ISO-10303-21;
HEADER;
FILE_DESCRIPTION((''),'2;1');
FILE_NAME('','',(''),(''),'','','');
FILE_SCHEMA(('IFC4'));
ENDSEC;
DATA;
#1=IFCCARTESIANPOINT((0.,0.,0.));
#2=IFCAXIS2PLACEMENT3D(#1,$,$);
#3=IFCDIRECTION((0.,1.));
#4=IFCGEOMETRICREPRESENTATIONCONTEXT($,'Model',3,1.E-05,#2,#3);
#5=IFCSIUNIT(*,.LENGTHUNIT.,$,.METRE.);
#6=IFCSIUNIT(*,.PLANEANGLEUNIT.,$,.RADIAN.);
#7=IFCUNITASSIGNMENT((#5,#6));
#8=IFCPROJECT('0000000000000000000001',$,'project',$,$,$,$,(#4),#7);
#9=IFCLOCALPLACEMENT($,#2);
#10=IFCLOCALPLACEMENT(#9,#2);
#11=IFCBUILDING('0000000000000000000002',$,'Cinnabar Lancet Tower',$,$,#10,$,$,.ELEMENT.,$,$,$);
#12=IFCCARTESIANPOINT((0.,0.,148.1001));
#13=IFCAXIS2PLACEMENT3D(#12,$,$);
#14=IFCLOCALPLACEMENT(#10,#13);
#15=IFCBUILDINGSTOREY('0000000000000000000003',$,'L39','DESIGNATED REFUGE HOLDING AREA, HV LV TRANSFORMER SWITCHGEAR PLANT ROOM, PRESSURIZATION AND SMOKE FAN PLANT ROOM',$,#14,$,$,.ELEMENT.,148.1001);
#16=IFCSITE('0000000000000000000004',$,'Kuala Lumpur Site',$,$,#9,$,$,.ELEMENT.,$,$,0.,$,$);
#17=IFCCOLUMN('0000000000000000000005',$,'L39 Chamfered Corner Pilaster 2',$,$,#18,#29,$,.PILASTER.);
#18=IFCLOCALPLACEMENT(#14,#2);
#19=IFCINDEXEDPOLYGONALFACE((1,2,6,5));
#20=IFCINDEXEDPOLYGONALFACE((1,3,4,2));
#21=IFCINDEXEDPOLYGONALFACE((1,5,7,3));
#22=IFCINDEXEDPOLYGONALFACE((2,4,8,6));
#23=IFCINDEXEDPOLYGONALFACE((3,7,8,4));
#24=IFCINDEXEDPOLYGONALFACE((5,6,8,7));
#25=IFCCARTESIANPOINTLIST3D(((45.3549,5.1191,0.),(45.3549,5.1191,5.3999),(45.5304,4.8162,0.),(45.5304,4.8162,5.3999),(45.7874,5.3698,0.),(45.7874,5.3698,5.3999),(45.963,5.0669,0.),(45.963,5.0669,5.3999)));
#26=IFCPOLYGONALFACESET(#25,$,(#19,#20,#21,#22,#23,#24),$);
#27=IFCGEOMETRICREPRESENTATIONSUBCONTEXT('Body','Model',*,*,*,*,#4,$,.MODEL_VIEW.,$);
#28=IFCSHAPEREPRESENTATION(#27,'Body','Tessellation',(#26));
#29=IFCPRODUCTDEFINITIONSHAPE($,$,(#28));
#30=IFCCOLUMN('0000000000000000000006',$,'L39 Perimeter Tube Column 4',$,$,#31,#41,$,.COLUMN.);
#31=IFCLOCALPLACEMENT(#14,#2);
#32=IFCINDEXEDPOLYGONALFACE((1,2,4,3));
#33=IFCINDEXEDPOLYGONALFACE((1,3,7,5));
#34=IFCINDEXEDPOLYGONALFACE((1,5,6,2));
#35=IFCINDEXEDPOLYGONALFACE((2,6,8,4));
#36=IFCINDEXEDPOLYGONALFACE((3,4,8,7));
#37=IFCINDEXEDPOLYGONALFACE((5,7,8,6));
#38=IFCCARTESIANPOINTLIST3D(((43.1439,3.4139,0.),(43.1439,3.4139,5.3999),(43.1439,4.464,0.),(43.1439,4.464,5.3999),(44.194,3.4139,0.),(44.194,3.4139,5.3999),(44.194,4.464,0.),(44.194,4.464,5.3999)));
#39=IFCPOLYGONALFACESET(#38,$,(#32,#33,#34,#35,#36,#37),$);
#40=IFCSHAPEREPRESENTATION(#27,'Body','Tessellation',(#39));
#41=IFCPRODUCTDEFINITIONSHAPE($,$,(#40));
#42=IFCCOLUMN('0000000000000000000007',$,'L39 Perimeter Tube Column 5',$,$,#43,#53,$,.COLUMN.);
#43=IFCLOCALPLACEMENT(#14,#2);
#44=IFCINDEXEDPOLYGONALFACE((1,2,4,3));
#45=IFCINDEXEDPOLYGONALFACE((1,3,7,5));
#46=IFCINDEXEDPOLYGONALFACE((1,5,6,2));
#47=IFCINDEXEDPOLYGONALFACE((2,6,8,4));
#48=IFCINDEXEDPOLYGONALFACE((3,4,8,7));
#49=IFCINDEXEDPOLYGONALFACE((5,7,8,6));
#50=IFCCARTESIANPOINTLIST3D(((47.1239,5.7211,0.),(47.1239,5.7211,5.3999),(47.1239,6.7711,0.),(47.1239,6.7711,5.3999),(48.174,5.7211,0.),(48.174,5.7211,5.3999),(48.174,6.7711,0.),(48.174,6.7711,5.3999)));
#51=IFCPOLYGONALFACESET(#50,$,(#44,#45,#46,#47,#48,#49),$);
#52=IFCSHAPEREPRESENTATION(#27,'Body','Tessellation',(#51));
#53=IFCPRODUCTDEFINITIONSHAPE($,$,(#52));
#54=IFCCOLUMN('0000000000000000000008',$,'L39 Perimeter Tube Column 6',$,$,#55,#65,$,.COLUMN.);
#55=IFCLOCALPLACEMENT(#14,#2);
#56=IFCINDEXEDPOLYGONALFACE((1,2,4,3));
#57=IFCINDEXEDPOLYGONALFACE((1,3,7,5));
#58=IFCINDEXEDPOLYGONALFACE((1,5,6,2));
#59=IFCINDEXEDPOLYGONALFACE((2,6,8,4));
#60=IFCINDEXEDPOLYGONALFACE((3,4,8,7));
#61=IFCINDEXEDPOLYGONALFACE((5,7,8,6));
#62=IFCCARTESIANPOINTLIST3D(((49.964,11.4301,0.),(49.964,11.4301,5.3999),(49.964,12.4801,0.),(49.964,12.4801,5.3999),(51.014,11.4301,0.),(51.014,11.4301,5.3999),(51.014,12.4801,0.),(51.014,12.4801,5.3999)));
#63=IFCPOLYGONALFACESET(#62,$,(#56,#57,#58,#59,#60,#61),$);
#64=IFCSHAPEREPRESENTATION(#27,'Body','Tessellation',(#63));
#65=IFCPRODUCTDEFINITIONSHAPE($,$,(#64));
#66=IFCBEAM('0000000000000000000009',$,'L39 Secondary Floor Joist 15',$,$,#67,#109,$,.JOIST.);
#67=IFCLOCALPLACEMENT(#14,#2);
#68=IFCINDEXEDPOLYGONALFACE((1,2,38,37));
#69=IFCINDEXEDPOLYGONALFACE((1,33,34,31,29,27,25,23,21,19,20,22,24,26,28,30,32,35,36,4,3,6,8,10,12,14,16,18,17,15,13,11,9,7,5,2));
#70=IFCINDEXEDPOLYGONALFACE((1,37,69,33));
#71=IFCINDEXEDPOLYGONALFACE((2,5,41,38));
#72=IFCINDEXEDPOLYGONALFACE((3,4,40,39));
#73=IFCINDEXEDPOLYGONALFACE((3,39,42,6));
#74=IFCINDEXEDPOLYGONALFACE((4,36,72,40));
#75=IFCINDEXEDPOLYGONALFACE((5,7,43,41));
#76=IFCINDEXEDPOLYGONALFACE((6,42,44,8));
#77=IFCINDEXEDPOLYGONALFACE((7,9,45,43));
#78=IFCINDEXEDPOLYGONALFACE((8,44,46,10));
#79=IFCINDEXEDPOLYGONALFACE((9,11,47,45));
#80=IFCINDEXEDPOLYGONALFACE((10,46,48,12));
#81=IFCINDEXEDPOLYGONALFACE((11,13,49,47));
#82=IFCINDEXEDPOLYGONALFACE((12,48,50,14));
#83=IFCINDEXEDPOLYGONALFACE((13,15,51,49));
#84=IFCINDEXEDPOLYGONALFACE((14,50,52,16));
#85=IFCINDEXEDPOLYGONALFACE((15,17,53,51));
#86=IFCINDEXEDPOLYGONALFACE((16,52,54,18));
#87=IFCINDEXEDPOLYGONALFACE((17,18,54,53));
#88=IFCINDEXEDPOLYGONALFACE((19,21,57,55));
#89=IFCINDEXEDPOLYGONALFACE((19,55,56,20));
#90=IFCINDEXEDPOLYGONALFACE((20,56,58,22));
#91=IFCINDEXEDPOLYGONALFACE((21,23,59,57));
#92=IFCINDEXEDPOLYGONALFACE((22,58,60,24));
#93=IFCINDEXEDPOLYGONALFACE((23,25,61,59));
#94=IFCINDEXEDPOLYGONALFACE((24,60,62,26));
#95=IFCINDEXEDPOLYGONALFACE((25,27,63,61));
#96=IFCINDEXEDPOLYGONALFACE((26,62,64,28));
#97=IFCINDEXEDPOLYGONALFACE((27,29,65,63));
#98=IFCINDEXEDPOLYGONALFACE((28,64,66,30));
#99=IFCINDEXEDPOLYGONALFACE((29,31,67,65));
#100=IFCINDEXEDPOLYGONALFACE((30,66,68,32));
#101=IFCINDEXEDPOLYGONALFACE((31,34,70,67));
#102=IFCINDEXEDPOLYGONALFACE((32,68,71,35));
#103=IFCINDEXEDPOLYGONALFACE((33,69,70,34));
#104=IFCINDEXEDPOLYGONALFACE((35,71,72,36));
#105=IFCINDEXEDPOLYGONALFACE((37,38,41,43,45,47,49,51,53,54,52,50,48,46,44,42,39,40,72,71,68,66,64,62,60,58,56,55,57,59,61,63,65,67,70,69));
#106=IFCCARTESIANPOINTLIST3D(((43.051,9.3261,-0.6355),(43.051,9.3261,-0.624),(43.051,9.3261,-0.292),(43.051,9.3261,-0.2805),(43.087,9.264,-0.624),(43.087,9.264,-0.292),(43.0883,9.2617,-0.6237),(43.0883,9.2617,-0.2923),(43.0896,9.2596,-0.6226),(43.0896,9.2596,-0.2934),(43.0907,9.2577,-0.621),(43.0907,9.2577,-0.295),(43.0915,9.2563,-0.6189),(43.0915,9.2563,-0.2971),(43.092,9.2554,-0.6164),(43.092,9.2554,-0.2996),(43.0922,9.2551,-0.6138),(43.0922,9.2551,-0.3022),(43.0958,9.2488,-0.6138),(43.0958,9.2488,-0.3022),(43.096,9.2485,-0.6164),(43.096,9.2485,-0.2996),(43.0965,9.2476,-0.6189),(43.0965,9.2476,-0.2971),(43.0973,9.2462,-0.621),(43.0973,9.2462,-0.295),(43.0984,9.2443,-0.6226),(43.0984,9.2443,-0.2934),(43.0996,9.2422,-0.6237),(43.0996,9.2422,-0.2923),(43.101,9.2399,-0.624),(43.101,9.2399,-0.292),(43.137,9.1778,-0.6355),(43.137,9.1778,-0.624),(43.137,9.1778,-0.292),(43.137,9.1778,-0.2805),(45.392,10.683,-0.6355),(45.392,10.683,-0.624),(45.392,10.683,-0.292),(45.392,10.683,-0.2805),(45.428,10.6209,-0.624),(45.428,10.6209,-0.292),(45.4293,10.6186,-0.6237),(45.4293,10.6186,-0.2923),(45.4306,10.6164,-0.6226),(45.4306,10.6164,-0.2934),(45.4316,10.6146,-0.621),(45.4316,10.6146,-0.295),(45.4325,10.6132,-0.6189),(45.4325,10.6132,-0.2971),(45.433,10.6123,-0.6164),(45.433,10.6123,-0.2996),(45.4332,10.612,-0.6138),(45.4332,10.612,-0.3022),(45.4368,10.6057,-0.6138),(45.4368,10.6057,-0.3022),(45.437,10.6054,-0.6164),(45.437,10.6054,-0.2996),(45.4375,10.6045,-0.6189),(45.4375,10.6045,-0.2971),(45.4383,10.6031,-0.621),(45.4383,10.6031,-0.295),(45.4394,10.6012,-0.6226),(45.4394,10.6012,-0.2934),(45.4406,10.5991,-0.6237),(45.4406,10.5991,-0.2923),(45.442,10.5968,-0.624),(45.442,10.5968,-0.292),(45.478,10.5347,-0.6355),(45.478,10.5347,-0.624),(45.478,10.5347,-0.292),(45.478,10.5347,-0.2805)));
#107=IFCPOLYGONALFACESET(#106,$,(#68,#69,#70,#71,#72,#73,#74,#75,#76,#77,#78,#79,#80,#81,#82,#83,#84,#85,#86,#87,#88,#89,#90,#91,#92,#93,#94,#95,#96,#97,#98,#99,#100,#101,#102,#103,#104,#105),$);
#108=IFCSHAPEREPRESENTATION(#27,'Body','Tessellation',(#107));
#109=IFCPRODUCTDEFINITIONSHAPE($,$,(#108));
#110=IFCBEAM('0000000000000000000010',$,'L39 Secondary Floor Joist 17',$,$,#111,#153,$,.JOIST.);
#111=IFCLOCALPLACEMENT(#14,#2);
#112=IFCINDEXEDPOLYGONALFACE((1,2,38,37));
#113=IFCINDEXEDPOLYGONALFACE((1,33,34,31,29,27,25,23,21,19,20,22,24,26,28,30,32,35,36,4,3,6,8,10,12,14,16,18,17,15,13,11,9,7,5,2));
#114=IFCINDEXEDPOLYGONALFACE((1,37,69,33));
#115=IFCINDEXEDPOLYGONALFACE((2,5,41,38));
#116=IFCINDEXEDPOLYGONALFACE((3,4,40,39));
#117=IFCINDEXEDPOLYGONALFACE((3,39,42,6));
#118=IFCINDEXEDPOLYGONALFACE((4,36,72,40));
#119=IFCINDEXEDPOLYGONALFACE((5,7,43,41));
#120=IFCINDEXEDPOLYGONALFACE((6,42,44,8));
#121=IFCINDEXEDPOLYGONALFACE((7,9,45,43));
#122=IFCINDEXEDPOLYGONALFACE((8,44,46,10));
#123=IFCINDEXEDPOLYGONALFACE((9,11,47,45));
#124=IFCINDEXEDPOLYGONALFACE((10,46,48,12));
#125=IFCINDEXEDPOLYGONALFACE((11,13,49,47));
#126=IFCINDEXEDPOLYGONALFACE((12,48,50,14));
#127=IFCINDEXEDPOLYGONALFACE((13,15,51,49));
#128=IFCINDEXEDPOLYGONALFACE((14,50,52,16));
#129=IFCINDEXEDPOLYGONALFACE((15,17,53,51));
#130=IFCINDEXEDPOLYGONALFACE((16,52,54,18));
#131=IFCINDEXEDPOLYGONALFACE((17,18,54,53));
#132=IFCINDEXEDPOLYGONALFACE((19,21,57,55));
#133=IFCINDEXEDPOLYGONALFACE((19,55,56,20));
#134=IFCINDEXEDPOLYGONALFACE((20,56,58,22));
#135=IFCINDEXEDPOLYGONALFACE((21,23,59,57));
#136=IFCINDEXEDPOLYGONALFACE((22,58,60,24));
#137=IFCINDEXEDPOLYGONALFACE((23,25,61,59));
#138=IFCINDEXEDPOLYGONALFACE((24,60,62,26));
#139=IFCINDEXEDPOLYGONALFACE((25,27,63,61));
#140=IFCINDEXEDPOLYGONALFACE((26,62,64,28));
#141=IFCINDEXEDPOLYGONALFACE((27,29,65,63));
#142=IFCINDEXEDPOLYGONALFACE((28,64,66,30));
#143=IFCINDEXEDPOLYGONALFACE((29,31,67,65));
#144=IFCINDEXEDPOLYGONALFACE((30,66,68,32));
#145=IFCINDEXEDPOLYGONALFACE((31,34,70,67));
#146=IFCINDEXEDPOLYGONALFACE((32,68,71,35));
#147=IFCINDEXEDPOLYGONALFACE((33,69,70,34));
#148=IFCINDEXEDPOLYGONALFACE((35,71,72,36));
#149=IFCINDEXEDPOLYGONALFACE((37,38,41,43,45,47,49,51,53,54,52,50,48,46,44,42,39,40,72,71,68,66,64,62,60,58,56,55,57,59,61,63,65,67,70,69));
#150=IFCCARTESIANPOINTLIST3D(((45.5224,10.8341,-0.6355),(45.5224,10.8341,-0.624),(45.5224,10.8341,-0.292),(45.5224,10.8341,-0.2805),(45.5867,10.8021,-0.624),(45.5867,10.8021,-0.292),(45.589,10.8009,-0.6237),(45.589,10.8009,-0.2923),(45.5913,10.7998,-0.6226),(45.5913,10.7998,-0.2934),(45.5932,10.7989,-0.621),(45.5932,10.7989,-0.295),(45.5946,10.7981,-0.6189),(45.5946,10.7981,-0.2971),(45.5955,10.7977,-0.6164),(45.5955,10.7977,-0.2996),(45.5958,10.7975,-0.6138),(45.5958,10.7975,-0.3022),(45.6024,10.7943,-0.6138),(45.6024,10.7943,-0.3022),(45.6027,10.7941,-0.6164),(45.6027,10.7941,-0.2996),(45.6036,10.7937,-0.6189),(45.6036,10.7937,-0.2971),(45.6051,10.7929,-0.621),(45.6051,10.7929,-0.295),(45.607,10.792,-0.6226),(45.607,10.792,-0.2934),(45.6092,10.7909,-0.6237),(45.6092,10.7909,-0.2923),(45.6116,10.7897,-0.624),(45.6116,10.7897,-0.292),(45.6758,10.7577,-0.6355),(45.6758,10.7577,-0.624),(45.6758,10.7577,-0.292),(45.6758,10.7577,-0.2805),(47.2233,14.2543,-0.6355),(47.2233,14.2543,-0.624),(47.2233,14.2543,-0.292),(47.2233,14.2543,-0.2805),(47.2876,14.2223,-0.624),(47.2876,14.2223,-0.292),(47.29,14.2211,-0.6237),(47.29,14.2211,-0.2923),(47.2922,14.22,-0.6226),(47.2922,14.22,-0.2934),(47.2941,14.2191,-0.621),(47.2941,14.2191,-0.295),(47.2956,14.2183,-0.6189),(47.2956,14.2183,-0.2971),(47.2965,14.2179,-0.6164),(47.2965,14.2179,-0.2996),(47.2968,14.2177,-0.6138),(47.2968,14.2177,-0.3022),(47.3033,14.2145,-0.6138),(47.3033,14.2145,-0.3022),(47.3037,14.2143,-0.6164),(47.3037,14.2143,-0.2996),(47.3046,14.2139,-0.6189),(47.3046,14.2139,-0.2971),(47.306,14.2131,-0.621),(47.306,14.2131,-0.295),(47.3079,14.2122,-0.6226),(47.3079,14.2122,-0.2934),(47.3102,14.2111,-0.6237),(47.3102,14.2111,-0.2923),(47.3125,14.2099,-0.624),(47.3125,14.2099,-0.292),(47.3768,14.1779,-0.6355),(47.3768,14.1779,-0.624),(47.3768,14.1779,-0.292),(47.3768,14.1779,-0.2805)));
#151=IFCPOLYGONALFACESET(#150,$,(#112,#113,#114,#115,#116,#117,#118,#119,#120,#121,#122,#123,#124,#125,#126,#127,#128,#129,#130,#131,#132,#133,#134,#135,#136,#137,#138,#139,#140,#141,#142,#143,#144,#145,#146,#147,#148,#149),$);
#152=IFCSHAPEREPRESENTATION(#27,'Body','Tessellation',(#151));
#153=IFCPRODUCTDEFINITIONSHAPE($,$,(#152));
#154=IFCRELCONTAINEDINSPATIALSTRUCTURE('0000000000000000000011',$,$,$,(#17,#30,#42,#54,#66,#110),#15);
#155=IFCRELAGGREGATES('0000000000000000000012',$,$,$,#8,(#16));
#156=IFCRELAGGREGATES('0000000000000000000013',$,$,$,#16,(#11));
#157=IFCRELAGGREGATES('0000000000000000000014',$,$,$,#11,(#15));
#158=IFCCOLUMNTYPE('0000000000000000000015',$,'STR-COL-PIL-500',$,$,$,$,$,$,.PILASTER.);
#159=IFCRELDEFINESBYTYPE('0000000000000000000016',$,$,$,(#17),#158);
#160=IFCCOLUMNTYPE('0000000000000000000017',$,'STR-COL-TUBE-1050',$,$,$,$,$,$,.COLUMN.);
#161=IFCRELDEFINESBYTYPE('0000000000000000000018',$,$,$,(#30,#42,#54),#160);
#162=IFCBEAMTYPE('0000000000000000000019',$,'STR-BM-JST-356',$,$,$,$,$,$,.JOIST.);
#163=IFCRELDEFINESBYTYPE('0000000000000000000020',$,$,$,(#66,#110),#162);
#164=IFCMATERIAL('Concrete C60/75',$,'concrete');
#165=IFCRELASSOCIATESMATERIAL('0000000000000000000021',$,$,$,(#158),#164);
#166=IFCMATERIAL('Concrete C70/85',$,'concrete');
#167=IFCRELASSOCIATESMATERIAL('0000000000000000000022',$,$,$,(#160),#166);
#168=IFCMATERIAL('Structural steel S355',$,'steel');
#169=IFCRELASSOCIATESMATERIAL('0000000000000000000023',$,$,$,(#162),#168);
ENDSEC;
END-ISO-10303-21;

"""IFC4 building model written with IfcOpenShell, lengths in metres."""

from ifc_helpers import new_model, si_unit, direction, frame, origin, origin_2d, place, context, subcontext, project, spatial, rectangle, i_section, extrude, material, material_profile, profile_set, type_object, element, save


model = new_model("IFC4")

# Units and contexts
model_context = context("Model", 3, precision=1e-05, world=origin(), true_north=direction((0.0, 1.0)))
body_context = subcontext(model_context, "Body", "Model", "MODEL_VIEW")
ifc_project = project(units=[si_unit("LENGTHUNIT", "METRE"), si_unit("PLANEANGLEUNIT", "RADIAN")], contexts=[model_context])

# Site, building, storey
site_placement = place(None, origin())
site = spatial("IfcSite", under=ifc_project, at=site_placement, Name="Kuala Lumpur Site", CompositionType="ELEMENT", RefElevation=0.0)
building_placement = place(site_placement, origin())
building = spatial("IfcBuilding", under=site, at=building_placement, Name="Cinnabar Lancet Tower", CompositionType="ELEMENT")
storey_placement = place(building_placement, frame((0.0, 0.0, 148.1001)))
storey = spatial("IfcBuildingStorey", under=building, at=storey_placement, Name="L39", Description="DESIGNATED REFUGE HOLDING AREA, HV LV TRANSFORMER SWITCHGEAR PLANT ROOM, PRESSURIZATION AND SMOKE FAN PLANT ROOM", CompositionType="ELEMENT", Elevation=148.1001)

# Columns
ifc_material_1 = material(Name="Concrete C60/75", Category="concrete")
ifc_material_profile_1 = material_profile(ifc_material_1, rectangle(XDim=0.5, YDim=0.3501, at=origin_2d()), Name="RC-PIL 500x350")
ifc_profile_set_1 = profile_set([ifc_material_profile_1], Name="Concrete C60/75")
column_type_1 = type_object("IfcColumnType", Name="STR-COL-PIL-500", PredefinedType="PILASTER", material=ifc_profile_set_1)
column_placement = place(storey_placement, frame((45.6589, 5.093, 0.0), z_axis=(0.0, 0.0, 1.0), x_axis=(0.86516, 0.501496, 0.0)))
element("IfcColumn", 1, at=column_placement, inside=storey, type_object=column_type_1, Name="L39 Chamfered Corner Pilaster 2", PredefinedType="PILASTER", context=body_context, shape_type="SweptSolid", body=[
    extrude(rectangle(XDim=0.5, YDim=0.3501, at=origin_2d()), origin(), (0.0, 0.0, 1.0), 5.3999),
])
ifc_material_2 = material(Name="Concrete C70/85", Category="concrete")
ifc_material_profile_2 = material_profile(ifc_material_2, rectangle(XDim=1.05, YDim=1.05, at=origin_2d()), Name="RC-COL 1050x1050")
ifc_profile_set_2 = profile_set([ifc_material_profile_2], Name="Concrete C70/85")
column_type_2 = type_object("IfcColumnType", Name="STR-COL-TUBE-1050", PredefinedType="COLUMN", material=ifc_profile_set_2)
for number, where, z_axis, x_axis, name in (
    (2, (43.6689, 3.939, 0.0), (0.0, 0.0, 1.0), (1.0, 0.0, 0.0), "L39 Perimeter Tube Column 4"),
    (3, (47.6489, 6.2461, 0.0), (0.0, 0.0, 1.0), (1.0, 0.0, 0.0), "L39 Perimeter Tube Column 5"),
    (4, (50.489, 11.9551, 0.0), (0.0, 0.0, 1.0), (1.0, 0.0, 0.0), "L39 Perimeter Tube Column 6"),
):
    element("IfcColumn", number, at=place(storey_placement, frame(where, z_axis=z_axis, x_axis=x_axis)), inside=storey, type_object=column_type_2, Name=name, PredefinedType="COLUMN", context=body_context, shape_type="SweptSolid", body=[
        extrude(rectangle(XDim=1.05, YDim=1.05, at=origin_2d()), origin(), (0.0, 0.0, 1.0), 5.3999),
    ])

# Beams
ifc_material_3 = material(Name="Structural steel S355", Category="steel")
ifc_material_profile_3 = material_profile(ifc_material_3, i_section(OverallWidth=0.1714, OverallDepth=0.355, WebThickness=0.0073, FlangeThickness=0.0115, FilletRadius=0.0103, at=origin_2d()), Name="UKB 356x171x51")
ifc_profile_set_3 = profile_set([ifc_material_profile_3], Name="Structural steel S355")
beam_type_1 = type_object("IfcBeamType", Name="STR-BM-JST-356", PredefinedType="JOIST", material=ifc_profile_set_3)
beam_1_placement = place(storey_placement, frame((43.094, 9.252, -0.458), z_axis=(0.865173, 0.501474, 0.0), x_axis=(-0.501474, 0.865173, 0.0)))
element("IfcBeam", 5, at=beam_1_placement, inside=storey, type_object=beam_type_1, Name="L39 Secondary Floor Joist 15", PredefinedType="JOIST", context=body_context, shape_type="SweptSolid", body=[
    extrude(i_section(OverallWidth=0.1714, OverallDepth=0.355, WebThickness=0.0073, FlangeThickness=0.0115, FilletRadius=0.0103, at=origin_2d()), origin(), (0.0, 0.0, 1.0), 2.7058),
])
beam_2_placement = place(storey_placement, frame((45.5991, 10.7959, -0.458), z_axis=(0.445295, 0.895384, 0.0), x_axis=(-0.895384, 0.445295, 0.0)))
element("IfcBeam", 6, at=beam_2_placement, inside=storey, type_object=beam_type_1, Name="L39 Secondary Floor Joist 17", PredefinedType="JOIST", context=body_context, shape_type="SweptSolid", body=[
    extrude(i_section(OverallWidth=0.1714, OverallDepth=0.355, WebThickness=0.0073, FlangeThickness=0.0115, FilletRadius=0.0103, at=origin_2d()), origin(), (0.0, 0.0, 1.0), 3.8198),
])

save(model, "model.ifc")
